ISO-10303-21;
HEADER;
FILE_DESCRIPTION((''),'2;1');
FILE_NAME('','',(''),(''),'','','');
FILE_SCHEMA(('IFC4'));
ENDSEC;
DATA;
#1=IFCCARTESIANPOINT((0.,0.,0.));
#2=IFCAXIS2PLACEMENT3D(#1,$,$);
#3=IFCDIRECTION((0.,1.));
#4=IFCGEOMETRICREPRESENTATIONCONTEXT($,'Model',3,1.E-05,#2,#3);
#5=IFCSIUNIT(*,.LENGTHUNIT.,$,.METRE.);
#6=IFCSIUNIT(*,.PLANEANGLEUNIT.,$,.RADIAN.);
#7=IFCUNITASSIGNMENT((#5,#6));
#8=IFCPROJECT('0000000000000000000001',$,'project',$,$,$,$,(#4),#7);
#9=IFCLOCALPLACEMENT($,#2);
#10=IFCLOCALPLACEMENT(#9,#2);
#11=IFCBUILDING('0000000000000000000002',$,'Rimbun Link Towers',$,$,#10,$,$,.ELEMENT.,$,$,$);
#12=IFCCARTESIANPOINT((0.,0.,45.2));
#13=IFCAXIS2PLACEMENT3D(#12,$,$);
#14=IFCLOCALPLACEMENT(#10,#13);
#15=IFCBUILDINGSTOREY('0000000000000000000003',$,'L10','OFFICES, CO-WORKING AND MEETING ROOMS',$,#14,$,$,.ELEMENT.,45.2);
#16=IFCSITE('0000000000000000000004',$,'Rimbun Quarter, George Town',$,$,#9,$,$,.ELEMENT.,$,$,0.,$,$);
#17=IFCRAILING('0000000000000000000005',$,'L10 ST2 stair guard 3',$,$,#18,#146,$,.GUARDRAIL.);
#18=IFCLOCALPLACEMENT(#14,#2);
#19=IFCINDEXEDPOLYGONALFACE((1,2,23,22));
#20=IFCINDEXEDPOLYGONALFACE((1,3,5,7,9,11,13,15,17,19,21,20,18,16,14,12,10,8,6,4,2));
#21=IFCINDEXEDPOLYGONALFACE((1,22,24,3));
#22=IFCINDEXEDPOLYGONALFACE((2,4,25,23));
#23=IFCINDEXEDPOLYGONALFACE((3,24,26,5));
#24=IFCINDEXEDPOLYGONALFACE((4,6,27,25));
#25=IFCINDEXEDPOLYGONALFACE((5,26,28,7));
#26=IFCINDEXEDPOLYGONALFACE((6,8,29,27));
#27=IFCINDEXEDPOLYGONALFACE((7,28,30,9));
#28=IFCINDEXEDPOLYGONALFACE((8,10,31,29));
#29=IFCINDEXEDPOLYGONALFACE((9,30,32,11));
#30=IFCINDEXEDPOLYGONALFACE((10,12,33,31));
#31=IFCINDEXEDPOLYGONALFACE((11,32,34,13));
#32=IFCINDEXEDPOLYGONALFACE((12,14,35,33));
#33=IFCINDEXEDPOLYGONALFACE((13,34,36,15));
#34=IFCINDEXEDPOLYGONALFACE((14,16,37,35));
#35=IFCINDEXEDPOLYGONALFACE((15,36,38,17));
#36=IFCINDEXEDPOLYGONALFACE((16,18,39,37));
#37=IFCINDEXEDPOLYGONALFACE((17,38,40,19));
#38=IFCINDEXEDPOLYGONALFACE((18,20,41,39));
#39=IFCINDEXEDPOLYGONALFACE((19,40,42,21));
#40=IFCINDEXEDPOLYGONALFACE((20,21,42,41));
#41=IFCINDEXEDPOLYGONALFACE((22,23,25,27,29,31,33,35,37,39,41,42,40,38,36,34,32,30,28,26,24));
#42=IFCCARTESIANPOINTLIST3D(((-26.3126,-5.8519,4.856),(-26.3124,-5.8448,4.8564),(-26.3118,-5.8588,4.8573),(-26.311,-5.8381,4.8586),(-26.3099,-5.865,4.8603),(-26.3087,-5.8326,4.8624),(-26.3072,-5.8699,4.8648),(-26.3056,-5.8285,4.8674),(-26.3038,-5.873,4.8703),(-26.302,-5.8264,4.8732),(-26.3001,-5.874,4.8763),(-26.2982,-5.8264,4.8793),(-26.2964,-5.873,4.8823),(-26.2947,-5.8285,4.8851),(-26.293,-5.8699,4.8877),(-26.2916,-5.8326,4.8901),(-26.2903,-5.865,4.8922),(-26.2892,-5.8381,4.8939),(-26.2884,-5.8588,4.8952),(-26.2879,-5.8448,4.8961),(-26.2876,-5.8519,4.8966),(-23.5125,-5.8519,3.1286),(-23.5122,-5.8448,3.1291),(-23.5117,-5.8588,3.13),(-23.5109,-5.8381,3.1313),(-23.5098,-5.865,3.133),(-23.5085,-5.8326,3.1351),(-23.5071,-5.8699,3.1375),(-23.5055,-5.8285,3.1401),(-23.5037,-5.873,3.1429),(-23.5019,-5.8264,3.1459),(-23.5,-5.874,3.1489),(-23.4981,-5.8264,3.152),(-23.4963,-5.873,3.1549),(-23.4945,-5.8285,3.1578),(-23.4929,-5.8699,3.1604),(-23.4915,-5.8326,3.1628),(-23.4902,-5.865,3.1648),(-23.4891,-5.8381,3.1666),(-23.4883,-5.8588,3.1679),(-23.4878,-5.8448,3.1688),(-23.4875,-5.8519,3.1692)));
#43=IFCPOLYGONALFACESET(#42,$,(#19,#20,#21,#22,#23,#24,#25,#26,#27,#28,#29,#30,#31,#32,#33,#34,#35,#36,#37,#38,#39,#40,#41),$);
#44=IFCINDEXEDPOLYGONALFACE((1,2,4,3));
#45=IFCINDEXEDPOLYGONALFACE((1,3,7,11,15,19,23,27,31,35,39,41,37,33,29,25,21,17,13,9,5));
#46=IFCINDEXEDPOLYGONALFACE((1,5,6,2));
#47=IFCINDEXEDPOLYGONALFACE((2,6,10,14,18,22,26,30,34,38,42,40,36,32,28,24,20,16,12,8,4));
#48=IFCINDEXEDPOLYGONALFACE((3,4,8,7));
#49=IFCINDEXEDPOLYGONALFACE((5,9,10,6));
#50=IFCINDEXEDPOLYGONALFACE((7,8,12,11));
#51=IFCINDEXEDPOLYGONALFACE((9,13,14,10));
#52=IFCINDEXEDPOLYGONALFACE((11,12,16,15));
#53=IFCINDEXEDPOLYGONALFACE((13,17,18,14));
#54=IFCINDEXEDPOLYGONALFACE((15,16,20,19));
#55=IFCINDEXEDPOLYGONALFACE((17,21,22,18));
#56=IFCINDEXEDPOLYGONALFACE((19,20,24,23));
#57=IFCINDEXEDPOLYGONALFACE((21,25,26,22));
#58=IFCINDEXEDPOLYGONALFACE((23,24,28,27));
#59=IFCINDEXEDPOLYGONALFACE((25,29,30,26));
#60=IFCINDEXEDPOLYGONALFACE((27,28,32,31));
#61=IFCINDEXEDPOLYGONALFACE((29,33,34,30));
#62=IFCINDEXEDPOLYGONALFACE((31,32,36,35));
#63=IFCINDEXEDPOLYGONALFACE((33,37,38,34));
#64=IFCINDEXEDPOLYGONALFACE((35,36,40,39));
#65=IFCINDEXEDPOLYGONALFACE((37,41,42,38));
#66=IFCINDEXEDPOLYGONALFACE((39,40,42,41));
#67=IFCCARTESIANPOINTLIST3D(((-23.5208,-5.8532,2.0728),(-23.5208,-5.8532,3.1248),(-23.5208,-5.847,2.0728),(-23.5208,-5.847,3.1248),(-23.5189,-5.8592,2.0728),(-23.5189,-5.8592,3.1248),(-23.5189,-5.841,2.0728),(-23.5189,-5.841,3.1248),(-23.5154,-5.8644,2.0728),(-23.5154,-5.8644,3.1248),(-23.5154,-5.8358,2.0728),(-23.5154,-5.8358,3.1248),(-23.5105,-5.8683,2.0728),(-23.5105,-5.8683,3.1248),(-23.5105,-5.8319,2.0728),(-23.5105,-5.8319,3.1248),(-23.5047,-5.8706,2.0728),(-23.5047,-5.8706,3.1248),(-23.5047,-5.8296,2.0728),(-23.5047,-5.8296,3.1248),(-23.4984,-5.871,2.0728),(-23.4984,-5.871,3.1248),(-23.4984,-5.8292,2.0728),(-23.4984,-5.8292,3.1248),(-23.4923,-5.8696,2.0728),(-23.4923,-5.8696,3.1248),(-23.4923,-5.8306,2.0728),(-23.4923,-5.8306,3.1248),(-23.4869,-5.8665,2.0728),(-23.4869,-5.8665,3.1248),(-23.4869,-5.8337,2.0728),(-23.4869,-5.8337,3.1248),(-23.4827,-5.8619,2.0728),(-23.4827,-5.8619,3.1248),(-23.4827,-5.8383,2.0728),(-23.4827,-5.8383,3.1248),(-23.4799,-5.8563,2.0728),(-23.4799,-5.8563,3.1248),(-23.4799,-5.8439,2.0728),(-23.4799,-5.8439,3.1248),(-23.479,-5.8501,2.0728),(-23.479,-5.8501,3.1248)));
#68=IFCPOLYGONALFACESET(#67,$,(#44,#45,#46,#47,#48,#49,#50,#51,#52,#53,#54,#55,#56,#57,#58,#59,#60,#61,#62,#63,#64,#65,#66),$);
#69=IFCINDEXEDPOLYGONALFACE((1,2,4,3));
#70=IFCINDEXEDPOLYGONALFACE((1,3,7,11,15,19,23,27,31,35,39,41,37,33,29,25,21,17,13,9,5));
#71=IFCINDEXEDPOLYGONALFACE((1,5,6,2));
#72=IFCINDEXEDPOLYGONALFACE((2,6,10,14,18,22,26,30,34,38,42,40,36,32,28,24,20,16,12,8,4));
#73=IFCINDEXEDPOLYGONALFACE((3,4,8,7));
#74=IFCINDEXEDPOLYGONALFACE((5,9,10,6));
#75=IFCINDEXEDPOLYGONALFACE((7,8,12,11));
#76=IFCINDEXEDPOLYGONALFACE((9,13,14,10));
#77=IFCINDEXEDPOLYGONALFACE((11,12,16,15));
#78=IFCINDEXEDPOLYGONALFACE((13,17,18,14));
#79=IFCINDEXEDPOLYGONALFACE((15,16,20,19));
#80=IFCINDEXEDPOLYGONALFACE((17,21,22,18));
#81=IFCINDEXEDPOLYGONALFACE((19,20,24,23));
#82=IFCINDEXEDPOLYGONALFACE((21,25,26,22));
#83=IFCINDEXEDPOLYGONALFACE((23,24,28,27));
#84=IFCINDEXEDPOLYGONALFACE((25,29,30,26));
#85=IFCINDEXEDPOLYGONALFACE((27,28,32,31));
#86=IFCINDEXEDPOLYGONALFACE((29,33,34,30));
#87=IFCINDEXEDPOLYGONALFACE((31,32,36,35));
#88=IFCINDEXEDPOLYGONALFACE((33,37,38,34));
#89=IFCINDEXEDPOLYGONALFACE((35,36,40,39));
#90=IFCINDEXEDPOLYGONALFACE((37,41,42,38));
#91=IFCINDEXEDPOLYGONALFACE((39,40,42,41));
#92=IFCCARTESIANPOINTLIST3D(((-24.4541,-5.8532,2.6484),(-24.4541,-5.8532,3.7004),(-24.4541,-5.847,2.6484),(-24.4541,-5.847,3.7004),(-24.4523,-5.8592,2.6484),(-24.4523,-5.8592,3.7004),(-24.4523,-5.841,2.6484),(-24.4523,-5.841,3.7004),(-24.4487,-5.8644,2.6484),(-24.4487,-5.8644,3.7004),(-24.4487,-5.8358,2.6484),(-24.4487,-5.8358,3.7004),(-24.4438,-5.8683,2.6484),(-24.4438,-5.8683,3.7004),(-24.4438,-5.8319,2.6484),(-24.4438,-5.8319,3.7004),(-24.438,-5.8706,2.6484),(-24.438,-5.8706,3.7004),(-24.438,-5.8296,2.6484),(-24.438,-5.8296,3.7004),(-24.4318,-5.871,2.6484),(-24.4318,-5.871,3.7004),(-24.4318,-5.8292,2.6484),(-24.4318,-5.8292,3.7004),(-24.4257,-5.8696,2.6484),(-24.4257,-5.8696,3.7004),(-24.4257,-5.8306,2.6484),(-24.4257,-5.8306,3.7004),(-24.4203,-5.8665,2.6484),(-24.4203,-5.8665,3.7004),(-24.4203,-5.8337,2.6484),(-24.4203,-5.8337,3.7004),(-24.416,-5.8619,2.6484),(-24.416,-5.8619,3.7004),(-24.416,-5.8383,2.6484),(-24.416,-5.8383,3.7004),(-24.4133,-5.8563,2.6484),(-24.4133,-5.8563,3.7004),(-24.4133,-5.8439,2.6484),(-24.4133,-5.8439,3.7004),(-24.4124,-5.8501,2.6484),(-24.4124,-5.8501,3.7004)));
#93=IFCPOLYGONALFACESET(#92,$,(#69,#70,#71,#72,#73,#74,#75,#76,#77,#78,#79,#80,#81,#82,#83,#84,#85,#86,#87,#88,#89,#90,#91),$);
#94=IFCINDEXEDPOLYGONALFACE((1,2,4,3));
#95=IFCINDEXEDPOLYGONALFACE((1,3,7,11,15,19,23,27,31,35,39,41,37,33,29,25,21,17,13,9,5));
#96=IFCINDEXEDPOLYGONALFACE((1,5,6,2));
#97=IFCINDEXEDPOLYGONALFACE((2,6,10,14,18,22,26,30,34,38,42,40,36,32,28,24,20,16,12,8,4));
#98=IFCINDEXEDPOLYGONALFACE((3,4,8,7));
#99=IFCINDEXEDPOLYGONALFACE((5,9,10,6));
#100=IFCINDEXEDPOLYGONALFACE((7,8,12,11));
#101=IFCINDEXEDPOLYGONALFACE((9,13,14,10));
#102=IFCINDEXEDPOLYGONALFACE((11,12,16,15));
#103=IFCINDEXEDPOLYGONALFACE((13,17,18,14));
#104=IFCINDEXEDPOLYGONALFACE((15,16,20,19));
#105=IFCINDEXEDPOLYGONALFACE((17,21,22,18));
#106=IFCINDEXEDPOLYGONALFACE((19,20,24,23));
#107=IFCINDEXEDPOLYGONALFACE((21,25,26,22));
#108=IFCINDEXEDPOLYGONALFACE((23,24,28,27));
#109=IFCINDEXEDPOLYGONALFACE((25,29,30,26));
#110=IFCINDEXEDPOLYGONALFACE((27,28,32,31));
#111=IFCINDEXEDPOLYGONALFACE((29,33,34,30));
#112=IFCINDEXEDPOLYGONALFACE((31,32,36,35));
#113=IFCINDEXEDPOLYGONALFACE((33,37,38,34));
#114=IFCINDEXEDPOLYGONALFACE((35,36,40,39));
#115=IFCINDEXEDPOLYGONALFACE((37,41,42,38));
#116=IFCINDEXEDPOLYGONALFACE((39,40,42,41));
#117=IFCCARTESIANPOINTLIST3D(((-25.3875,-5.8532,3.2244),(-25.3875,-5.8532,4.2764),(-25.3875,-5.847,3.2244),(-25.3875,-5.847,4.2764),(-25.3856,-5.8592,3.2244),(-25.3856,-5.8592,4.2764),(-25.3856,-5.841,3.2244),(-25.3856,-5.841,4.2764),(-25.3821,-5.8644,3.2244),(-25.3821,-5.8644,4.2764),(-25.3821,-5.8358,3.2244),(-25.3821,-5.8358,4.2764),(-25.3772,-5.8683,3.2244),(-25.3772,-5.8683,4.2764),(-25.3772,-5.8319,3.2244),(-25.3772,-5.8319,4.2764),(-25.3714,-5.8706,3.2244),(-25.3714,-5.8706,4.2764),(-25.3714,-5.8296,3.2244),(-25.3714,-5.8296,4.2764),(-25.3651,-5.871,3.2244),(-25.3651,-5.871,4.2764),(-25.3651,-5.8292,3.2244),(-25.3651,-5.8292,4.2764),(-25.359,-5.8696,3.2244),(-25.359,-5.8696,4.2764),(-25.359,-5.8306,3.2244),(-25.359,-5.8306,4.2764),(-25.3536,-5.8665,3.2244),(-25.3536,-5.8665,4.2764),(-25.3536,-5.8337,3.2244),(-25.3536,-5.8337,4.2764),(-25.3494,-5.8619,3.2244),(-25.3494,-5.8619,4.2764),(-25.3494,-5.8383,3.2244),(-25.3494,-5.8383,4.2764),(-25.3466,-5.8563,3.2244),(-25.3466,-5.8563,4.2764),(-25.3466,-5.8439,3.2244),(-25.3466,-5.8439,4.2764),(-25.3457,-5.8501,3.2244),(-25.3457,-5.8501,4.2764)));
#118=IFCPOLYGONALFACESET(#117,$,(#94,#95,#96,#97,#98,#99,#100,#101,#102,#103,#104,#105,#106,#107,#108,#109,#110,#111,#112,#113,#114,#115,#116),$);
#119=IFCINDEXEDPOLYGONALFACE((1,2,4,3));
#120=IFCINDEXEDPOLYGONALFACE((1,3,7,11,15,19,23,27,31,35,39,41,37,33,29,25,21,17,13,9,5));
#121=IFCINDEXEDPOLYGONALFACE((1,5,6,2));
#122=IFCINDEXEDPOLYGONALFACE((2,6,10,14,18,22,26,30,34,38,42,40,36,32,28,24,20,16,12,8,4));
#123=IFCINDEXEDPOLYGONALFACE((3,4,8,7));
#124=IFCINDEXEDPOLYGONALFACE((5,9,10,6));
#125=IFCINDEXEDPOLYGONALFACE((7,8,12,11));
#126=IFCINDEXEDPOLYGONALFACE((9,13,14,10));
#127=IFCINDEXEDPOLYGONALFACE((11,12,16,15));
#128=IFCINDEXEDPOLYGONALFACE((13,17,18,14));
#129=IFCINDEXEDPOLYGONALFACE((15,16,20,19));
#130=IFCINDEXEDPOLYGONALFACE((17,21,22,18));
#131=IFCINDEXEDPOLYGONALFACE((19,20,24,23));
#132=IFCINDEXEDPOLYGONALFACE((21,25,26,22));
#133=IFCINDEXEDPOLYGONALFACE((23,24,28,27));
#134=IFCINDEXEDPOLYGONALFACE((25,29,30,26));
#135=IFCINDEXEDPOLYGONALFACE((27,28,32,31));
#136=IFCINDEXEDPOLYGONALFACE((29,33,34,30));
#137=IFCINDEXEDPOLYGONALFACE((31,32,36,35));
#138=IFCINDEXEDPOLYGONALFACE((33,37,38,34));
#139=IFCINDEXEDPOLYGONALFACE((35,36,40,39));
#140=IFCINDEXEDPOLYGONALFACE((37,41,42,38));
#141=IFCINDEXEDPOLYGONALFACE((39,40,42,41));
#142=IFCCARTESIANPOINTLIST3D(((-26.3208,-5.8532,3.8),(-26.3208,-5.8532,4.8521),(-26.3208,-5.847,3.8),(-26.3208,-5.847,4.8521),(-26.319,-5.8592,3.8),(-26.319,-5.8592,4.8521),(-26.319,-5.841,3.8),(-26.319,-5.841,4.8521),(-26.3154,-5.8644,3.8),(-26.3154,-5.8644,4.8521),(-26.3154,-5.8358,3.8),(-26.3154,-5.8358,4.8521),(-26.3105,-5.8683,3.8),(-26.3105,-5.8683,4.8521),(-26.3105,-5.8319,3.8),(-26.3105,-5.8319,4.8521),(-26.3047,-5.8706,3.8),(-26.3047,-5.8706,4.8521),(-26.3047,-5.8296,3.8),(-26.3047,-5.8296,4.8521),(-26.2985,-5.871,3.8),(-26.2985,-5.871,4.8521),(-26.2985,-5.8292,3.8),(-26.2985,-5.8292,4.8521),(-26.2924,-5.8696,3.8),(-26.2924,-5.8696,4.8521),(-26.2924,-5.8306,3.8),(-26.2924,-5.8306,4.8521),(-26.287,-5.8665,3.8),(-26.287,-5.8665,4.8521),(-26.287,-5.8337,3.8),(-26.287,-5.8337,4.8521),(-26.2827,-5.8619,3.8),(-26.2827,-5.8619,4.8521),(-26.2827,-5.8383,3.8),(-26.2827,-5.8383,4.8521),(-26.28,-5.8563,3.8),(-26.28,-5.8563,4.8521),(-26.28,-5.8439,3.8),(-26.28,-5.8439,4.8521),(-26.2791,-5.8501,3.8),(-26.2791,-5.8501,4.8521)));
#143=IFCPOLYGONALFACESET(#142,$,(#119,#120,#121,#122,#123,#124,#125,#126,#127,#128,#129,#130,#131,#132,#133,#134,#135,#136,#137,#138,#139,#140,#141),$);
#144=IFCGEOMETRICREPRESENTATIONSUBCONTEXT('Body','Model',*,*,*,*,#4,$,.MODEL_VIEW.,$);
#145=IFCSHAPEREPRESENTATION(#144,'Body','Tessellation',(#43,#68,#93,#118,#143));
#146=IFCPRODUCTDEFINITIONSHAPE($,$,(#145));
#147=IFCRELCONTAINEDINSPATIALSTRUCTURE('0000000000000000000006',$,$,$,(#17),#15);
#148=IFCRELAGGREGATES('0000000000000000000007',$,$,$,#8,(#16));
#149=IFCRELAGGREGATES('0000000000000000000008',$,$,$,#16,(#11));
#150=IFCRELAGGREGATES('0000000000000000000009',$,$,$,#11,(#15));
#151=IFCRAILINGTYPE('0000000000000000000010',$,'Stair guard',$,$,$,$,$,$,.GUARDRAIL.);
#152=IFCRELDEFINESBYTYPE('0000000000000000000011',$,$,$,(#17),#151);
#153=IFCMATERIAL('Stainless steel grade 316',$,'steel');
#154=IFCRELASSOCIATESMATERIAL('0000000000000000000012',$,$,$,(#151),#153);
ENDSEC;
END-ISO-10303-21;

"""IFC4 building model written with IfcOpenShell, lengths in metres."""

from ifc_helpers import new_model, si_unit, direction, frame, origin, origin_2d, place, context, subcontext, project, spatial, circle, extrude, material, type_object, element, save


model = new_model("IFC4")

# Units and contexts
model_context = context("Model", 3, precision=1e-05, world=origin(), true_north=direction((0.0, 1.0)))
body_context = subcontext(model_context, "Body", "Model", "MODEL_VIEW")
ifc_project = project(units=[si_unit("LENGTHUNIT", "METRE"), si_unit("PLANEANGLEUNIT", "RADIAN")], contexts=[model_context])

# Site, building, storey
site_placement = place(None, origin())
site = spatial("IfcSite", under=ifc_project, at=site_placement, Name="Rimbun Quarter, George Town", CompositionType="ELEMENT", RefElevation=0.0)
building_placement = place(site_placement, origin())
building = spatial("IfcBuilding", under=site, at=building_placement, Name="Rimbun Link Towers", CompositionType="ELEMENT")
storey_placement = place(building_placement, frame((0.0, 0.0, 45.2)))
storey = spatial("IfcBuildingStorey", under=building, at=storey_placement, Name="L10", Description="OFFICES, CO-WORKING AND MEETING ROOMS", CompositionType="ELEMENT", Elevation=45.2)

# Railing
ifc_material_1 = material(Name="Stainless steel grade 316", Category="steel")
railing_type_1 = type_object("IfcRailingType", Name="Stair guard", PredefinedType="GUARDRAIL", material=ifc_material_1)
railing_1_placement = place(storey_placement, frame((-23.5, -5.8501, 2.0728)))
element("IfcRailing", 1, at=railing_1_placement, inside=storey, type_object=railing_type_1, Name="L10 ST2 stair guard 3", PredefinedType="GUARDRAIL", context=body_context, shape_type="SweptSolid", body=[
    extrude(circle(Radius=0.0239, at=origin_2d()), frame((0.0, 0.0, 1.0762), z_axis=(-0.85109, 0.0, 0.52502), x_axis=(0.0, -1.0, 0.0)), (0.0, 0.0, 1.0), 3.29),
    extrude(circle(Radius=0.021, at=origin_2d()), origin(), (0.0, 0.0, 1.0), 1.052),
    extrude(circle(Radius=0.021, at=origin_2d()), frame((-0.9333, 0.0, 0.5757)), (0.0, 0.0, 1.0), 1.052),
    extrude(circle(Radius=0.021, at=origin_2d()), frame((-1.8667, 0.0, 1.1516)), (0.0, 0.0, 1.0), 1.052),
    extrude(circle(Radius=0.021, at=origin_2d()), frame((-2.8, 0.0, 1.7273)), (0.0, 0.0, 1.0), 1.052),
])

save(model, "model.ifc")
